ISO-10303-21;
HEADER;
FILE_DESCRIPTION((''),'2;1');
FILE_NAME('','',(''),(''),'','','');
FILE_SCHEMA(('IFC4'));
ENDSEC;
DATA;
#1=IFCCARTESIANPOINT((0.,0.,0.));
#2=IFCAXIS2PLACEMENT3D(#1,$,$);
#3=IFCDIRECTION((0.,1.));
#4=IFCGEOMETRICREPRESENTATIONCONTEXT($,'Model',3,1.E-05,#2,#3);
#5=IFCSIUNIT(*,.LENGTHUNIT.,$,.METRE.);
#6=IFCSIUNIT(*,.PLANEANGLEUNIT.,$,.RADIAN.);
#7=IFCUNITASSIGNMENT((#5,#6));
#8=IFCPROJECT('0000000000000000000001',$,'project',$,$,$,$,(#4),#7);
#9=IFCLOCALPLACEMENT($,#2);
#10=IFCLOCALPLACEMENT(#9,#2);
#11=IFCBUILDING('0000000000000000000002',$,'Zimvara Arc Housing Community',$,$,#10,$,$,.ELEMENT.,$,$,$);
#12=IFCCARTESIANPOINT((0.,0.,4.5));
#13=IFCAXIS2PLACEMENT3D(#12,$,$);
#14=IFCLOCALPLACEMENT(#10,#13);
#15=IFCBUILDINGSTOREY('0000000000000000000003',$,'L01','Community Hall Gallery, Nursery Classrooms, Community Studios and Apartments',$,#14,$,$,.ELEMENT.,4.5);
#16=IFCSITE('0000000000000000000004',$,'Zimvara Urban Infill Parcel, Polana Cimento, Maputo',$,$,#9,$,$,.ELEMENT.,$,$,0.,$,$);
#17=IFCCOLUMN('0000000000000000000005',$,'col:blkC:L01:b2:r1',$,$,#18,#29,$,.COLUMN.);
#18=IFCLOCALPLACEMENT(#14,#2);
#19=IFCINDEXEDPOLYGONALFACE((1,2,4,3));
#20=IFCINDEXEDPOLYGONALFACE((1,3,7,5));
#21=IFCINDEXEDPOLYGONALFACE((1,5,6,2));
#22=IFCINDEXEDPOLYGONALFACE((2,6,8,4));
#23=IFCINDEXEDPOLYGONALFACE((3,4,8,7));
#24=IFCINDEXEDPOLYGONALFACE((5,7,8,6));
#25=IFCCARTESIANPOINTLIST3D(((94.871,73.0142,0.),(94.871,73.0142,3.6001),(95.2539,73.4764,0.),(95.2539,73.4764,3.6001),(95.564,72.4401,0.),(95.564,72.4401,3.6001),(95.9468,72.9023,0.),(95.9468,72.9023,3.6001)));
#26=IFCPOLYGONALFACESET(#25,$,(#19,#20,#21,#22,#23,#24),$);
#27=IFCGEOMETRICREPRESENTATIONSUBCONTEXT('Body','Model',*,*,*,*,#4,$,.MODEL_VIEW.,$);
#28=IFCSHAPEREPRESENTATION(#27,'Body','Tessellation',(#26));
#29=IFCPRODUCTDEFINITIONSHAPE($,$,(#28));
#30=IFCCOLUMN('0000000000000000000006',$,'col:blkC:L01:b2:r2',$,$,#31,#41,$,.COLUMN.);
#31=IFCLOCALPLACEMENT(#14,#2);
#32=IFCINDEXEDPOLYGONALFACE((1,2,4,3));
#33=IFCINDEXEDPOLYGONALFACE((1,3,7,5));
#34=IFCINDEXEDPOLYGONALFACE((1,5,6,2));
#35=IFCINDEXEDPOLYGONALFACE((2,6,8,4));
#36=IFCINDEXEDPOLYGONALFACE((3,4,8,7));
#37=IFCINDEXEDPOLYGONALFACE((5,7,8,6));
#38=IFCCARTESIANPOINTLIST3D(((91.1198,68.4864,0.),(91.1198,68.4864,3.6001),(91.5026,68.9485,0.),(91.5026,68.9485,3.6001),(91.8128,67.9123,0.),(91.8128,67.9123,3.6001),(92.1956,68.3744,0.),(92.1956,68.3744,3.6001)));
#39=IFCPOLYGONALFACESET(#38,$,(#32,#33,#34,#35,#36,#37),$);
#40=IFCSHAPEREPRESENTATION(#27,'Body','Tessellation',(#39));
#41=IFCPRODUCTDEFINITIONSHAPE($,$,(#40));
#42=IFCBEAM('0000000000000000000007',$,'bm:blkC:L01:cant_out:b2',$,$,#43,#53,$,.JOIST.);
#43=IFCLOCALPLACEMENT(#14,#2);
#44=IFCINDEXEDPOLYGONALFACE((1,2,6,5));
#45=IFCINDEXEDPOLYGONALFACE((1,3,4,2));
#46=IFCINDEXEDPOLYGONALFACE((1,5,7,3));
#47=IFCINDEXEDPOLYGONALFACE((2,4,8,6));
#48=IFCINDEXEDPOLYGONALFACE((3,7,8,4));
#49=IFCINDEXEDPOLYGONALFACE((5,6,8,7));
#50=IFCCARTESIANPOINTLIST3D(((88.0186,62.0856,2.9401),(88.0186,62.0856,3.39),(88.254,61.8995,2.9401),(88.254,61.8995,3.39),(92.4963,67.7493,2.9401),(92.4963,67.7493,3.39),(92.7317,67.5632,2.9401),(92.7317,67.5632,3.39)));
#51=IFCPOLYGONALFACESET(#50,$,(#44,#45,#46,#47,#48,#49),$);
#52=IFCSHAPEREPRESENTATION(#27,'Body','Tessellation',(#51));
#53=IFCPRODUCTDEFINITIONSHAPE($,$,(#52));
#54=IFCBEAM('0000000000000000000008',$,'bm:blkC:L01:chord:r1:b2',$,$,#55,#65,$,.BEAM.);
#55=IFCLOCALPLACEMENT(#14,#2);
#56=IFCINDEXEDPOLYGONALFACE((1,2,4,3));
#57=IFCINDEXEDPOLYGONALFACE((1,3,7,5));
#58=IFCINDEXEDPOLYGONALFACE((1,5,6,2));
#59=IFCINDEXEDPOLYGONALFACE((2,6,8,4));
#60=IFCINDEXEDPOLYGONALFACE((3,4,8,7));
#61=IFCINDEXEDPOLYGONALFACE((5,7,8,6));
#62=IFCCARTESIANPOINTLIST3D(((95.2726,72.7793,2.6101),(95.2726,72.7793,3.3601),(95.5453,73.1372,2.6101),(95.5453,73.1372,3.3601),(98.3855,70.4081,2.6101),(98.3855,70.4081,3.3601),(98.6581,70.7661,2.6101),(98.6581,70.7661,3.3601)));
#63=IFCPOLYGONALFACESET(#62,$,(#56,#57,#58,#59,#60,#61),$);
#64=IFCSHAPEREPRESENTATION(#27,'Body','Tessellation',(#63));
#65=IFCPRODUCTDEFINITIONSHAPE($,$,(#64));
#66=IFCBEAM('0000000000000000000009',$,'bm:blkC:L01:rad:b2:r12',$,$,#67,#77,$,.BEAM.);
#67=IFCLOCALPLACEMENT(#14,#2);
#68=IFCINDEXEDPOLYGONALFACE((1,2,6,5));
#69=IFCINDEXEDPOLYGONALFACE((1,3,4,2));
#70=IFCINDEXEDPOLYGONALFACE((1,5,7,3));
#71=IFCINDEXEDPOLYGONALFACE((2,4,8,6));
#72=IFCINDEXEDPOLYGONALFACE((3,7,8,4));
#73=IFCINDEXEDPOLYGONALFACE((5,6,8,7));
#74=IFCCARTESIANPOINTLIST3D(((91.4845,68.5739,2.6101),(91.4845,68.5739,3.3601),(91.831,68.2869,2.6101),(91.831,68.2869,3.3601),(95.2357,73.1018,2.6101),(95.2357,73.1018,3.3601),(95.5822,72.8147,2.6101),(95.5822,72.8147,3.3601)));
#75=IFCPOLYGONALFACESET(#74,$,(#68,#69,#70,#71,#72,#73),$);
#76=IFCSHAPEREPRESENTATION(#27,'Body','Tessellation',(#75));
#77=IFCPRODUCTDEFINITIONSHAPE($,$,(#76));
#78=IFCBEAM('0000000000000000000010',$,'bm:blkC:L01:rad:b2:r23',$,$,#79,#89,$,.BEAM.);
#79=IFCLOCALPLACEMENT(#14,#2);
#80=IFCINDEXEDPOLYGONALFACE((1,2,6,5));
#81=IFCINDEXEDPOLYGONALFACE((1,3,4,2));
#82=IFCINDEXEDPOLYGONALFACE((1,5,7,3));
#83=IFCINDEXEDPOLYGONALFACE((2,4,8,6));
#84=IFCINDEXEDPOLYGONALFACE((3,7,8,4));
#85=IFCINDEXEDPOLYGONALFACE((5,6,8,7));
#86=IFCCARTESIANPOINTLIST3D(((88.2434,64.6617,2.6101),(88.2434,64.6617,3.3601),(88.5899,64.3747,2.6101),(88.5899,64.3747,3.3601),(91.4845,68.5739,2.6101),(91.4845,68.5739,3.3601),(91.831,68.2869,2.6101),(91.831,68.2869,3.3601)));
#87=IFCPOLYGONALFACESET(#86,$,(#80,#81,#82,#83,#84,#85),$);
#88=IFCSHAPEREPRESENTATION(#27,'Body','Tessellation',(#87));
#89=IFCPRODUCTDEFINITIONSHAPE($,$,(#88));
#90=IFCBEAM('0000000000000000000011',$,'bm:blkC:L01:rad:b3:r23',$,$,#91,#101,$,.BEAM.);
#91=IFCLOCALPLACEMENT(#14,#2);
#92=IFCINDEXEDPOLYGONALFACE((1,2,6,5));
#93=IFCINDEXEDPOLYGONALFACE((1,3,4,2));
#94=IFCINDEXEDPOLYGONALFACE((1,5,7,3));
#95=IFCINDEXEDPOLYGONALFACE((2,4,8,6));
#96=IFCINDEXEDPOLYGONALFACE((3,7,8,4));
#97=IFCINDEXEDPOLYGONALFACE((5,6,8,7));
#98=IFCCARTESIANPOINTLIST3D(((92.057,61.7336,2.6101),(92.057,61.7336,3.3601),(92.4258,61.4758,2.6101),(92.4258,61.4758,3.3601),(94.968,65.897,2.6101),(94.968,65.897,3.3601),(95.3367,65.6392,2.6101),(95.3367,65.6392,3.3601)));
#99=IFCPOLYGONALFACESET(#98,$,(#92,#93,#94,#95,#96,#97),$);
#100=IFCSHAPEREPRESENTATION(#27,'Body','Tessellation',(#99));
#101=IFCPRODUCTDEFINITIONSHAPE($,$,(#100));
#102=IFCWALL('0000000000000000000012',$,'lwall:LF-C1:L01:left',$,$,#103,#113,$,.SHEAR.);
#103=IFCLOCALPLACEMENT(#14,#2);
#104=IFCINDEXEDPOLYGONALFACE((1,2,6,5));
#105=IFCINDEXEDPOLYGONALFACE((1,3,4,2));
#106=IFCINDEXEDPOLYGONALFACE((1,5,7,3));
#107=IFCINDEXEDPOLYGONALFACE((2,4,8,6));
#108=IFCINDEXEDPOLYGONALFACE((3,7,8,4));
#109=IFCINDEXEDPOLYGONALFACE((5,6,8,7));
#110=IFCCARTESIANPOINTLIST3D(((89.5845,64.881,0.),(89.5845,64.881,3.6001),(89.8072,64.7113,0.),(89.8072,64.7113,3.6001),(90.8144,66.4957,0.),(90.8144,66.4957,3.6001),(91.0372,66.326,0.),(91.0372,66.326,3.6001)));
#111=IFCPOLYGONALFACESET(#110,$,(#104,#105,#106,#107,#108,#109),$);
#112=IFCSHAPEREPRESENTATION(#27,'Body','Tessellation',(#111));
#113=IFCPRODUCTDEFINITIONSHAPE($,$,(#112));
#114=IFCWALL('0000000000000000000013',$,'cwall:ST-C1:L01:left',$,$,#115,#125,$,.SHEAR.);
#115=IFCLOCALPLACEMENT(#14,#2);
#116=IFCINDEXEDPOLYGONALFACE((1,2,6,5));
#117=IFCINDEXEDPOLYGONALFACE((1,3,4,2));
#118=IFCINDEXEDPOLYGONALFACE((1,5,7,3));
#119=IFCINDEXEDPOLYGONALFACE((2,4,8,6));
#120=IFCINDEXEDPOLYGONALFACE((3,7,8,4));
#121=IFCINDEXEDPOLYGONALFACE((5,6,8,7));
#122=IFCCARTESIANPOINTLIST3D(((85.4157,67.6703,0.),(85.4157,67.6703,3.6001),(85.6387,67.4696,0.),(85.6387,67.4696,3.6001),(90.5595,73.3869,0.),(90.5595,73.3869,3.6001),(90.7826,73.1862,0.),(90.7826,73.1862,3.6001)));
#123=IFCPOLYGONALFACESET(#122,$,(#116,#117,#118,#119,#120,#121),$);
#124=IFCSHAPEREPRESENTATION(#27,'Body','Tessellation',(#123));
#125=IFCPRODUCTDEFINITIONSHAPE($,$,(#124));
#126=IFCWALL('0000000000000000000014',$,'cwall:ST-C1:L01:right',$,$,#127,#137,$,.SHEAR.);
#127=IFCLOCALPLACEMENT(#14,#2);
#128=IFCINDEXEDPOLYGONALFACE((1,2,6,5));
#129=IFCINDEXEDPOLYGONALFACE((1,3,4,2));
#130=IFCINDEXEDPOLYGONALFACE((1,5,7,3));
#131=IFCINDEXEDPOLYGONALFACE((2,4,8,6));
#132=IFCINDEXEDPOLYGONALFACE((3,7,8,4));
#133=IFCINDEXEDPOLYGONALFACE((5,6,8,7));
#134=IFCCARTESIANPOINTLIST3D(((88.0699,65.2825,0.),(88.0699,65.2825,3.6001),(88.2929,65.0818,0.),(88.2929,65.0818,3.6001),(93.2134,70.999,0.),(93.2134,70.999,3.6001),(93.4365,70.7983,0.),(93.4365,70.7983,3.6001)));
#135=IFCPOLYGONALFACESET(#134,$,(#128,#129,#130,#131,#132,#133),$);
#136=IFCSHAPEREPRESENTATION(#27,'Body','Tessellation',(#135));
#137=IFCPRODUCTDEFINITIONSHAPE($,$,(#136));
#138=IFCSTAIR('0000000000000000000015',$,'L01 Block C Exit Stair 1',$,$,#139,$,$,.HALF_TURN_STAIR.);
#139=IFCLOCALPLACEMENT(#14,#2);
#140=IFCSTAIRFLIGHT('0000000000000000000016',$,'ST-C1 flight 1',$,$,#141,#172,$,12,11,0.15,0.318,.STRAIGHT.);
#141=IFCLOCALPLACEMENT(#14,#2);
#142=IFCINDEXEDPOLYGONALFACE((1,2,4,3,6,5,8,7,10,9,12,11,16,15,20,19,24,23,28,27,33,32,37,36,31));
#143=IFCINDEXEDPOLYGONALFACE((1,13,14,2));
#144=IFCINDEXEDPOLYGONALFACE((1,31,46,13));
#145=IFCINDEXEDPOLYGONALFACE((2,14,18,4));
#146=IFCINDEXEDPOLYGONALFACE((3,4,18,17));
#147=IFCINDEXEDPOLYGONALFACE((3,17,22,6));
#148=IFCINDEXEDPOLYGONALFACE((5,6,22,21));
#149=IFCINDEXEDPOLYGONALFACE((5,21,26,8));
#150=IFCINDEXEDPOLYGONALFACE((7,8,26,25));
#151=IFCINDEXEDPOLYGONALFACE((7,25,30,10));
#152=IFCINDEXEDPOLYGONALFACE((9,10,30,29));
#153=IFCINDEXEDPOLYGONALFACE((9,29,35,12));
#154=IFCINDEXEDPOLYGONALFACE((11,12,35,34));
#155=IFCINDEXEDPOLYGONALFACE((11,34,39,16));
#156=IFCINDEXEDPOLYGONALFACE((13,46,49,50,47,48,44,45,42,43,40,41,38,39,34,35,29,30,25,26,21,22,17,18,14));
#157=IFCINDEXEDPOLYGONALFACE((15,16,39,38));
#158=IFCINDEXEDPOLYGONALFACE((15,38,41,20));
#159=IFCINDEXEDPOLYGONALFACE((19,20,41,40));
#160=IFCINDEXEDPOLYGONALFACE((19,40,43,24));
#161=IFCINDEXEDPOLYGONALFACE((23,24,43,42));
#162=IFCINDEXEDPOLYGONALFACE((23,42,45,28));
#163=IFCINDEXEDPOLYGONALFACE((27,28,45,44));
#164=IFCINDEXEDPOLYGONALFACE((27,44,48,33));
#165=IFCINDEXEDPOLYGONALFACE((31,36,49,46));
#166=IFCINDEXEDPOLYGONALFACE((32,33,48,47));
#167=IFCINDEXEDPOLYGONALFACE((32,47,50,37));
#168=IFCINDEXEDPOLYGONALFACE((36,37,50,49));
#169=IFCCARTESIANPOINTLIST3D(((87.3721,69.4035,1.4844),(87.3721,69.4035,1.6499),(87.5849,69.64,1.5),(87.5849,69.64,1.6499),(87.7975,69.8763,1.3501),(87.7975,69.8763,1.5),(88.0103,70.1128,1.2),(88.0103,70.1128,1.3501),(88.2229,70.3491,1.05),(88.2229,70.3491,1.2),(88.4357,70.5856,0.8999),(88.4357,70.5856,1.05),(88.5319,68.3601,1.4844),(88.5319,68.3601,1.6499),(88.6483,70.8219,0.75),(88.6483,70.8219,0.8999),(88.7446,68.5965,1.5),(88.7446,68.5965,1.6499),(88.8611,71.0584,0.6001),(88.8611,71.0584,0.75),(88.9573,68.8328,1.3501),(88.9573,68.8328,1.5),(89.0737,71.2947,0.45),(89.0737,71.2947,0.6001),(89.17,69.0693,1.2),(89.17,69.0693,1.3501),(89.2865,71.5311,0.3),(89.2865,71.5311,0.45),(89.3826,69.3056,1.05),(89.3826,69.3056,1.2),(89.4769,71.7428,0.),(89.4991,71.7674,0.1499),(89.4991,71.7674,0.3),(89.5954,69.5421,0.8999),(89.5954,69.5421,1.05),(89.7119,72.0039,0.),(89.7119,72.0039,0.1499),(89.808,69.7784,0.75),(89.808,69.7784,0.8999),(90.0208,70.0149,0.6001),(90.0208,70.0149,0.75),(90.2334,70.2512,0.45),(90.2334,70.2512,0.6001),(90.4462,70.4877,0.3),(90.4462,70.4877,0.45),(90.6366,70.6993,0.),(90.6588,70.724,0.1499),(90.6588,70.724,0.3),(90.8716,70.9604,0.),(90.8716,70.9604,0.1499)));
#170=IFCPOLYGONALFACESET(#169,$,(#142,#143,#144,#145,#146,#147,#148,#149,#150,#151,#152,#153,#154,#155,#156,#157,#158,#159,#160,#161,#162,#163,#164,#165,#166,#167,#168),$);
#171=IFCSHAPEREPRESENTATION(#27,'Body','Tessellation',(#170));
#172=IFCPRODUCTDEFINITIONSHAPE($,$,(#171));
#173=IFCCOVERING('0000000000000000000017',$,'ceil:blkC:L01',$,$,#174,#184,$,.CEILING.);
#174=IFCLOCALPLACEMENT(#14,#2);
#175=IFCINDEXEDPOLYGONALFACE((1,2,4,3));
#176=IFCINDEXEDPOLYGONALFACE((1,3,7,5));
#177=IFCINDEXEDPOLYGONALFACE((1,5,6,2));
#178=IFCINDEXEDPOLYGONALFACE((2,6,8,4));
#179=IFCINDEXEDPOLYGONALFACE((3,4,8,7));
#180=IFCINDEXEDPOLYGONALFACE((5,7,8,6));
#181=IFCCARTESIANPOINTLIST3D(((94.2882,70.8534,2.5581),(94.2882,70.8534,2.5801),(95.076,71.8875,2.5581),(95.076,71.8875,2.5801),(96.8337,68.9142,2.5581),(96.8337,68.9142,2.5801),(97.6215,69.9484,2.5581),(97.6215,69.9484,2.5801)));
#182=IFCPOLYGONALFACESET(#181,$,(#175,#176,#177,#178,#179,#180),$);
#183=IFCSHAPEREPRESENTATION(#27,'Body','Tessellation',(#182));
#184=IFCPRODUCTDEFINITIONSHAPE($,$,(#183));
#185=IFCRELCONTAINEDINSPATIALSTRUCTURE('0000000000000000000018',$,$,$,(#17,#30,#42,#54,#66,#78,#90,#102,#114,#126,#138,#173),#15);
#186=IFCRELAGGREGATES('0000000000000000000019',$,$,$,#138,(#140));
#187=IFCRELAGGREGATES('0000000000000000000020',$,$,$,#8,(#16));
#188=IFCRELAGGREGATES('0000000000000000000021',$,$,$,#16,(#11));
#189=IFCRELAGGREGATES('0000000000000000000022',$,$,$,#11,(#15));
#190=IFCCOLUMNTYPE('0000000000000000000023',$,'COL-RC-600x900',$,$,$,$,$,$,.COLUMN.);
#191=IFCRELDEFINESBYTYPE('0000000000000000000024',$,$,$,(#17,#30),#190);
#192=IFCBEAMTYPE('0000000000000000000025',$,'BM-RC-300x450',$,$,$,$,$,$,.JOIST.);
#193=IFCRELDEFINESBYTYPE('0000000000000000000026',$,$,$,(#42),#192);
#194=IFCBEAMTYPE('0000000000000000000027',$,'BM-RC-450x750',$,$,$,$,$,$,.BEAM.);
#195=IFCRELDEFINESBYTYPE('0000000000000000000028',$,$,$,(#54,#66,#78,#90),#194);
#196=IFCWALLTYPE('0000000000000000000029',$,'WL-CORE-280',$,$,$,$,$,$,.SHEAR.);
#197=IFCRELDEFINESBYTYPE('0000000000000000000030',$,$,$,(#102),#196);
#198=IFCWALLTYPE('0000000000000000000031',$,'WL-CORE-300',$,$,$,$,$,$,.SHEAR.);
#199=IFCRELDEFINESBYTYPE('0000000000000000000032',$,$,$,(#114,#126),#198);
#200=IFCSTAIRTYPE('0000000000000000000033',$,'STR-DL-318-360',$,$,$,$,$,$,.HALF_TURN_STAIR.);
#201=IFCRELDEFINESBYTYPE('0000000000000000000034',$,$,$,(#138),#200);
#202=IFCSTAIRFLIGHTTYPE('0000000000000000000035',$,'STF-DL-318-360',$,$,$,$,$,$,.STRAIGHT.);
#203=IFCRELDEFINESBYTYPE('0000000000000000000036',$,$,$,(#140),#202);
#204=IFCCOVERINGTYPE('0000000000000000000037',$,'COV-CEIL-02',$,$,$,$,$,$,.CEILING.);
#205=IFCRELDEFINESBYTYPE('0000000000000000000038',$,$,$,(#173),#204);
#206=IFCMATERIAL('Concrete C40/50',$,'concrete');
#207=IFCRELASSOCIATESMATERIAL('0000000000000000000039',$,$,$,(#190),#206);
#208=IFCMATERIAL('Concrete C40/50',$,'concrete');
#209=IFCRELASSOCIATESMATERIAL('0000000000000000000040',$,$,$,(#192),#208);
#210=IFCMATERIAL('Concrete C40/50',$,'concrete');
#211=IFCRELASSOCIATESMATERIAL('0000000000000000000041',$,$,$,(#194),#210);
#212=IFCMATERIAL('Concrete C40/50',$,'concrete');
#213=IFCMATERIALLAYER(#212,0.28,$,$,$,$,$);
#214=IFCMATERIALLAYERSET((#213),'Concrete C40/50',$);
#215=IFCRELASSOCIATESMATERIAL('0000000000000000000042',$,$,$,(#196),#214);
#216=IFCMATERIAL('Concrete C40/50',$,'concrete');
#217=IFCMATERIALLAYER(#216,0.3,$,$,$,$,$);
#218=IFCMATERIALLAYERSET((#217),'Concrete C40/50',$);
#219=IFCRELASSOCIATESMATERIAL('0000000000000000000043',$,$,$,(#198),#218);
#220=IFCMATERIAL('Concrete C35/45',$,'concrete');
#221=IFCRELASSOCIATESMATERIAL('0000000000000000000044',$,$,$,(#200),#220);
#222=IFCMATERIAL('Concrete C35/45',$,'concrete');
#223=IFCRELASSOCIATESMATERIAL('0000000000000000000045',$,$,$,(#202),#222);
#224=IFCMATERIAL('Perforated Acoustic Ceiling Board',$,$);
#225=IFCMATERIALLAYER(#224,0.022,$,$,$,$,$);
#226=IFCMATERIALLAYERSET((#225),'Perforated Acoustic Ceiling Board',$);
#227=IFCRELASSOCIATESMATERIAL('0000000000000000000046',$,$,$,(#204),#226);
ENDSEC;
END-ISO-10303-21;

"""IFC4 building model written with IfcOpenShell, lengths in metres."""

from ifc_helpers import new_model, si_unit, direction, frame, frame_2d, origin, origin_2d, place, context, subcontext, project, spatial, polyline, rectangle, outline, extrude, material, layer, layer_set, material_profile, profile_set, type_object, element, aggregate, save


model = new_model("IFC4")

# Units and contexts
model_context = context("Model", 3, precision=1e-05, world=origin(), true_north=direction((0.0, 1.0)))
body_context = subcontext(model_context, "Body", "Model", "MODEL_VIEW")
ifc_project = project(units=[si_unit("LENGTHUNIT", "METRE"), si_unit("PLANEANGLEUNIT", "RADIAN")], contexts=[model_context])

# Site, building, storey
site_placement = place(None, origin())
site = spatial("IfcSite", under=ifc_project, at=site_placement, Name="Zimvara Urban Infill Parcel, Polana Cimento, Maputo", CompositionType="ELEMENT", RefElevation=0.0)
building_placement = place(site_placement, origin())
building = spatial("IfcBuilding", under=site, at=building_placement, Name="Zimvara Arc Housing Community", CompositionType="ELEMENT")
storey_placement = place(building_placement, frame((0.0, 0.0, 4.5)))
storey = spatial("IfcBuildingStorey", under=building, at=storey_placement, Name="L01", Description="Community Hall Gallery, Nursery Classrooms, Community Studios and Apartments", CompositionType="ELEMENT", Elevation=4.5)

# Columns
ifc_material_1 = material(Name="Concrete C40/50", Category="concrete")
ifc_material_profile_1 = material_profile(ifc_material_1, rectangle(XDim=0.6001, YDim=0.8999, at=origin_2d()), Name="RC 600x900")
ifc_profile_set_1 = profile_set([ifc_material_profile_1], Name="Concrete C40/50")
column_type = type_object("IfcColumnType", Name="COL-RC-600x900", PredefinedType="COLUMN", material=ifc_profile_set_1)
for number, where, z_axis, x_axis, name in (
    (1, (95.4089, 72.9583, 0.0), (0.0, 0.0, 1.0), (-0.637962, -0.770068, 0.0), "col:blkC:L01:b2:r1"),
    (2, (91.6577, 68.4304, 0.0), (0.0, 0.0, 1.0), (-0.637962, -0.770068, 0.0), "col:blkC:L01:b2:r2"),
):
    element("IfcColumn", number, at=place(storey_placement, frame(where, z_axis=z_axis, x_axis=x_axis)), inside=storey, type_object=column_type, Name=name, PredefinedType="COLUMN", context=body_context, shape_type="SweptSolid", body=[
        extrude(rectangle(XDim=0.6001, YDim=0.8999, at=origin_2d()), origin(), (0.0, 0.0, 1.0), 3.6001),
    ])

# Beams
ifc_material_2 = material(Name="Concrete C40/50", Category="concrete")
ifc_material_profile_2 = material_profile(ifc_material_2, rectangle(XDim=0.3, YDim=0.45, at=origin_2d()), Name="RC 300x450")
ifc_profile_set_2 = profile_set([ifc_material_profile_2], Name="Concrete C40/50")
beam_type_1 = type_object("IfcBeamType", Name="BM-RC-300x450", PredefinedType="JOIST", material=ifc_profile_set_2)
beam_1_placement = place(storey_placement, frame((92.614, 67.6562, 3.165), z_axis=(-0.620186, -0.784455, 0.0), x_axis=(0.784455, -0.620186, 0.0)))
element("IfcBeam", 3, at=beam_1_placement, inside=storey, type_object=beam_type_1, Name="bm:blkC:L01:cant_out:b2", PredefinedType="JOIST", context=body_context, shape_type="SweptSolid", body=[
    extrude(rectangle(XDim=0.3, YDim=0.45, at=origin_2d()), origin(), (0.0, 0.0, 1.0), 7.22),
])
ifc_material_3 = material(Name="Concrete C40/50", Category="concrete")
ifc_material_profile_3 = material_profile(ifc_material_3, rectangle(XDim=0.45, YDim=0.75, at=origin_2d()), Name="RC 450x750")
ifc_profile_set_3 = profile_set([ifc_material_profile_3], Name="Concrete C40/50")
beam_type_2 = type_object("IfcBeamType", Name="BM-RC-450x750", PredefinedType="BEAM", material=ifc_profile_set_3)
beam_2_placement = place(storey_placement, frame((95.4089, 72.9583, 2.9851), z_axis=(0.7955, -0.605953, 0.0), x_axis=(0.605953, 0.7955, 0.0)))
element("IfcBeam", 4, at=beam_2_placement, inside=storey, type_object=beam_type_2, Name="bm:blkC:L01:chord:r1:b2", PredefinedType="BEAM", context=body_context, shape_type="SweptSolid", body=[
    extrude(rectangle(XDim=0.45, YDim=0.75, at=origin_2d()), origin(), (0.0, 0.0, 1.0), 3.9131),
])
beam_3_placement = place(storey_placement, frame((95.4089, 72.9583, 2.9851), z_axis=(-0.637976, -0.770056, 0.0), x_axis=(0.770056, -0.637976, 0.0)))
element("IfcBeam", 5, at=beam_3_placement, inside=storey, type_object=beam_type_2, Name="bm:blkC:L01:rad:b2:r12", PredefinedType="BEAM", context=body_context, shape_type="SweptSolid", body=[
    extrude(rectangle(XDim=0.45, YDim=0.75, at=origin_2d()), origin(), (0.0, 0.0, 1.0), 5.8799),
])
beam_4_placement = place(storey_placement, frame((91.6577, 68.4304, 2.9851), z_axis=(-0.63796, -0.770069, 0.0), x_axis=(0.770069, -0.63796, 0.0)))
element("IfcBeam", 6, at=beam_4_placement, inside=storey, type_object=beam_type_2, Name="bm:blkC:L01:rad:b2:r23", PredefinedType="BEAM", context=body_context, shape_type="SweptSolid", body=[
    extrude(rectangle(XDim=0.45, YDim=0.75, at=origin_2d()), origin(), (0.0, 0.0, 1.0), 5.0803),
])
beam_5_placement = place(storey_placement, frame((95.1523, 65.7681, 2.9851), z_axis=(-0.573007, -0.81955, 0.0), x_axis=(0.81955, -0.573007, 0.0)))
element("IfcBeam", 7, at=beam_5_placement, inside=storey, type_object=beam_type_2, Name="bm:blkC:L01:rad:b3:r23", PredefinedType="BEAM", context=body_context, shape_type="SweptSolid", body=[
    extrude(rectangle(XDim=0.45, YDim=0.75, at=origin_2d()), origin(), (0.0, 0.0, 1.0), 5.0801),
])

# Shared definitions
ifc_material_4 = material(Name="Concrete C40/50", Category="concrete")
ifc_layer_1 = layer(ifc_material_4, 0.28)
ifc_layer_set_1 = layer_set([ifc_layer_1], Name="Concrete C40/50")
wall_type_1 = type_object("IfcWallType", Name="WL-CORE-280", PredefinedType="SHEAR", material=ifc_layer_set_1)

# Wall
wall_1_placement = place(storey_placement, frame((90.9258, 66.4109, 0.0), z_axis=(0.0, 0.0, 1.0), x_axis=(-0.605949, -0.795504, 0.0)))
element("IfcWall", 8, at=wall_1_placement, inside=storey, type_object=wall_type_1, Name="lwall:LF-C1:L01:left", PredefinedType="SHEAR", context=body_context, shape_type="SweptSolid", body=[
    extrude(rectangle(XDim=2.0298, YDim=0.28, at=frame_2d((1.0149, 0.0))), origin(), (0.0, 0.0, 1.0), 3.6001),
])

# Shared definitions
ifc_material_5 = material(Name="Concrete C40/50", Category="concrete")
ifc_layer_2 = layer(ifc_material_5, 0.3)
ifc_layer_set_2 = layer_set([ifc_layer_2], Name="Concrete C40/50")
wall_type_2 = type_object("IfcWallType", Name="WL-CORE-300", PredefinedType="SHEAR", material=ifc_layer_set_2)

# Walls
wall_2_placement = place(storey_placement, frame((90.6711, 73.2866, 0.0), z_axis=(0.0, 0.0, 1.0), x_axis=(-0.668886, -0.743365, 0.0)))
element("IfcWall", 9, at=wall_2_placement, inside=storey, type_object=wall_type_2, Name="cwall:ST-C1:L01:left", PredefinedType="SHEAR", context=body_context, shape_type="SweptSolid", body=[
    extrude(rectangle(XDim=7.6902, YDim=0.3, at=frame_2d((3.8452, 0.0))), origin(), (0.0, 0.0, 1.0), 3.6001),
])
wall_3_placement = place(storey_placement, frame((93.325, 70.8987, 0.0), z_axis=(0.0, 0.0, 1.0), x_axis=(-0.668868, -0.743381, 0.0)))
element("IfcWall", 10, at=wall_3_placement, inside=storey, type_object=wall_type_2, Name="cwall:ST-C1:L01:right", PredefinedType="SHEAR", context=body_context, shape_type="SweptSolid", body=[
    extrude(rectangle(XDim=7.6899, YDim=0.3, at=frame_2d((3.845, 0.0))), origin(), (0.0, 0.0, 1.0), 3.6001),
])

# Stair, stair flight
ifc_material_6 = material(Name="Concrete C35/45", Category="concrete")
stair_type = type_object("IfcStairType", Name="STR-DL-318-360", PredefinedType="HALF_TURN_STAIR", material=ifc_material_6)
stair_placement = place(storey_placement, origin())
stair = element("IfcStair", 11, at=stair_placement, inside=storey, type_object=stair_type, Name="L01 Block C Exit Stair 1", PredefinedType="HALF_TURN_STAIR")
ifc_material_7 = material(Name="Concrete C35/45", Category="concrete")
stair_flight_type = type_object("IfcStairFlightType", Name="STF-DL-318-360", PredefinedType="STRAIGHT", material=ifc_material_7)
stair_flight_placement = place(storey_placement, frame((90.2917, 71.4822, 0.0), z_axis=(0.0, 0.0, 1.0), x_axis=(-0.668871, -0.743378, 0.0)))
stair_flight = element("IfcStairFlight", 12, at=stair_flight_placement, type_object=stair_flight_type, Name="ST-C1 flight 1", NumberOfRisers=12, NumberOfTreads=11, PredefinedType="STRAIGHT", RiserHeight=0.15, TreadLength=0.318, context=body_context, shape_type="SweptSolid", body=[
    extrude(outline(polyline([(0.0, 0.0), (0.0, 0.1499), (0.3181, 0.1499), (0.3181, 0.3), (0.636, 0.3), (0.636, 0.45), (0.9541, 0.45), (0.9541, 0.6001), (1.272, 0.6001), (1.272, 0.75), (1.5901, 0.75), (1.5901, 0.8999), (1.908, 0.8999), (1.908, 1.05), (2.2261, 1.05), (2.2261, 1.2), (2.5439, 1.2), (2.5439, 1.3501), (2.8621, 1.3501), (2.8621, 1.5), (3.1799, 1.5), (3.1799, 1.6499), (3.498, 1.6499), (3.498, 1.8), (3.498, 1.4844), (0.3513, 0.0), (0.0, 0.0)])), frame((0.0, 0.78, 0.0), z_axis=(0.0, -1.0, 0.0), x_axis=(1.0, 0.0, 0.0)), (0.0, 0.0, 1.0), 1.5601),
])
aggregate(stair, [stair_flight])

# Covering
ifc_material_8 = material(Name="Perforated Acoustic Ceiling Board")
ifc_layer_3 = layer(ifc_material_8, 0.022)
ifc_layer_set_3 = layer_set([ifc_layer_3], Name="Perforated Acoustic Ceiling Board")
covering_type_1 = type_object("IfcCoveringType", Name="COV-CEIL-02", PredefinedType="CEILING", material=ifc_layer_set_3)
covering_1_placement = place(storey_placement, frame((95.9548, 70.4009, 2.5581), z_axis=(0.0, 0.0, 1.0), x_axis=(-0.605988, -0.795473, 0.0)))
element("IfcCovering", 13, at=covering_1_placement, inside=storey, type_object=covering_type_1, Name="ceil:blkC:L01", PredefinedType="CEILING", context=body_context, shape_type="SweptSolid", body=[
    extrude(rectangle(XDim=1.3, YDim=3.2, at=origin_2d()), origin(), (0.0, 0.0, 1.0), 0.022),
])

save(model, "model.ifc")
